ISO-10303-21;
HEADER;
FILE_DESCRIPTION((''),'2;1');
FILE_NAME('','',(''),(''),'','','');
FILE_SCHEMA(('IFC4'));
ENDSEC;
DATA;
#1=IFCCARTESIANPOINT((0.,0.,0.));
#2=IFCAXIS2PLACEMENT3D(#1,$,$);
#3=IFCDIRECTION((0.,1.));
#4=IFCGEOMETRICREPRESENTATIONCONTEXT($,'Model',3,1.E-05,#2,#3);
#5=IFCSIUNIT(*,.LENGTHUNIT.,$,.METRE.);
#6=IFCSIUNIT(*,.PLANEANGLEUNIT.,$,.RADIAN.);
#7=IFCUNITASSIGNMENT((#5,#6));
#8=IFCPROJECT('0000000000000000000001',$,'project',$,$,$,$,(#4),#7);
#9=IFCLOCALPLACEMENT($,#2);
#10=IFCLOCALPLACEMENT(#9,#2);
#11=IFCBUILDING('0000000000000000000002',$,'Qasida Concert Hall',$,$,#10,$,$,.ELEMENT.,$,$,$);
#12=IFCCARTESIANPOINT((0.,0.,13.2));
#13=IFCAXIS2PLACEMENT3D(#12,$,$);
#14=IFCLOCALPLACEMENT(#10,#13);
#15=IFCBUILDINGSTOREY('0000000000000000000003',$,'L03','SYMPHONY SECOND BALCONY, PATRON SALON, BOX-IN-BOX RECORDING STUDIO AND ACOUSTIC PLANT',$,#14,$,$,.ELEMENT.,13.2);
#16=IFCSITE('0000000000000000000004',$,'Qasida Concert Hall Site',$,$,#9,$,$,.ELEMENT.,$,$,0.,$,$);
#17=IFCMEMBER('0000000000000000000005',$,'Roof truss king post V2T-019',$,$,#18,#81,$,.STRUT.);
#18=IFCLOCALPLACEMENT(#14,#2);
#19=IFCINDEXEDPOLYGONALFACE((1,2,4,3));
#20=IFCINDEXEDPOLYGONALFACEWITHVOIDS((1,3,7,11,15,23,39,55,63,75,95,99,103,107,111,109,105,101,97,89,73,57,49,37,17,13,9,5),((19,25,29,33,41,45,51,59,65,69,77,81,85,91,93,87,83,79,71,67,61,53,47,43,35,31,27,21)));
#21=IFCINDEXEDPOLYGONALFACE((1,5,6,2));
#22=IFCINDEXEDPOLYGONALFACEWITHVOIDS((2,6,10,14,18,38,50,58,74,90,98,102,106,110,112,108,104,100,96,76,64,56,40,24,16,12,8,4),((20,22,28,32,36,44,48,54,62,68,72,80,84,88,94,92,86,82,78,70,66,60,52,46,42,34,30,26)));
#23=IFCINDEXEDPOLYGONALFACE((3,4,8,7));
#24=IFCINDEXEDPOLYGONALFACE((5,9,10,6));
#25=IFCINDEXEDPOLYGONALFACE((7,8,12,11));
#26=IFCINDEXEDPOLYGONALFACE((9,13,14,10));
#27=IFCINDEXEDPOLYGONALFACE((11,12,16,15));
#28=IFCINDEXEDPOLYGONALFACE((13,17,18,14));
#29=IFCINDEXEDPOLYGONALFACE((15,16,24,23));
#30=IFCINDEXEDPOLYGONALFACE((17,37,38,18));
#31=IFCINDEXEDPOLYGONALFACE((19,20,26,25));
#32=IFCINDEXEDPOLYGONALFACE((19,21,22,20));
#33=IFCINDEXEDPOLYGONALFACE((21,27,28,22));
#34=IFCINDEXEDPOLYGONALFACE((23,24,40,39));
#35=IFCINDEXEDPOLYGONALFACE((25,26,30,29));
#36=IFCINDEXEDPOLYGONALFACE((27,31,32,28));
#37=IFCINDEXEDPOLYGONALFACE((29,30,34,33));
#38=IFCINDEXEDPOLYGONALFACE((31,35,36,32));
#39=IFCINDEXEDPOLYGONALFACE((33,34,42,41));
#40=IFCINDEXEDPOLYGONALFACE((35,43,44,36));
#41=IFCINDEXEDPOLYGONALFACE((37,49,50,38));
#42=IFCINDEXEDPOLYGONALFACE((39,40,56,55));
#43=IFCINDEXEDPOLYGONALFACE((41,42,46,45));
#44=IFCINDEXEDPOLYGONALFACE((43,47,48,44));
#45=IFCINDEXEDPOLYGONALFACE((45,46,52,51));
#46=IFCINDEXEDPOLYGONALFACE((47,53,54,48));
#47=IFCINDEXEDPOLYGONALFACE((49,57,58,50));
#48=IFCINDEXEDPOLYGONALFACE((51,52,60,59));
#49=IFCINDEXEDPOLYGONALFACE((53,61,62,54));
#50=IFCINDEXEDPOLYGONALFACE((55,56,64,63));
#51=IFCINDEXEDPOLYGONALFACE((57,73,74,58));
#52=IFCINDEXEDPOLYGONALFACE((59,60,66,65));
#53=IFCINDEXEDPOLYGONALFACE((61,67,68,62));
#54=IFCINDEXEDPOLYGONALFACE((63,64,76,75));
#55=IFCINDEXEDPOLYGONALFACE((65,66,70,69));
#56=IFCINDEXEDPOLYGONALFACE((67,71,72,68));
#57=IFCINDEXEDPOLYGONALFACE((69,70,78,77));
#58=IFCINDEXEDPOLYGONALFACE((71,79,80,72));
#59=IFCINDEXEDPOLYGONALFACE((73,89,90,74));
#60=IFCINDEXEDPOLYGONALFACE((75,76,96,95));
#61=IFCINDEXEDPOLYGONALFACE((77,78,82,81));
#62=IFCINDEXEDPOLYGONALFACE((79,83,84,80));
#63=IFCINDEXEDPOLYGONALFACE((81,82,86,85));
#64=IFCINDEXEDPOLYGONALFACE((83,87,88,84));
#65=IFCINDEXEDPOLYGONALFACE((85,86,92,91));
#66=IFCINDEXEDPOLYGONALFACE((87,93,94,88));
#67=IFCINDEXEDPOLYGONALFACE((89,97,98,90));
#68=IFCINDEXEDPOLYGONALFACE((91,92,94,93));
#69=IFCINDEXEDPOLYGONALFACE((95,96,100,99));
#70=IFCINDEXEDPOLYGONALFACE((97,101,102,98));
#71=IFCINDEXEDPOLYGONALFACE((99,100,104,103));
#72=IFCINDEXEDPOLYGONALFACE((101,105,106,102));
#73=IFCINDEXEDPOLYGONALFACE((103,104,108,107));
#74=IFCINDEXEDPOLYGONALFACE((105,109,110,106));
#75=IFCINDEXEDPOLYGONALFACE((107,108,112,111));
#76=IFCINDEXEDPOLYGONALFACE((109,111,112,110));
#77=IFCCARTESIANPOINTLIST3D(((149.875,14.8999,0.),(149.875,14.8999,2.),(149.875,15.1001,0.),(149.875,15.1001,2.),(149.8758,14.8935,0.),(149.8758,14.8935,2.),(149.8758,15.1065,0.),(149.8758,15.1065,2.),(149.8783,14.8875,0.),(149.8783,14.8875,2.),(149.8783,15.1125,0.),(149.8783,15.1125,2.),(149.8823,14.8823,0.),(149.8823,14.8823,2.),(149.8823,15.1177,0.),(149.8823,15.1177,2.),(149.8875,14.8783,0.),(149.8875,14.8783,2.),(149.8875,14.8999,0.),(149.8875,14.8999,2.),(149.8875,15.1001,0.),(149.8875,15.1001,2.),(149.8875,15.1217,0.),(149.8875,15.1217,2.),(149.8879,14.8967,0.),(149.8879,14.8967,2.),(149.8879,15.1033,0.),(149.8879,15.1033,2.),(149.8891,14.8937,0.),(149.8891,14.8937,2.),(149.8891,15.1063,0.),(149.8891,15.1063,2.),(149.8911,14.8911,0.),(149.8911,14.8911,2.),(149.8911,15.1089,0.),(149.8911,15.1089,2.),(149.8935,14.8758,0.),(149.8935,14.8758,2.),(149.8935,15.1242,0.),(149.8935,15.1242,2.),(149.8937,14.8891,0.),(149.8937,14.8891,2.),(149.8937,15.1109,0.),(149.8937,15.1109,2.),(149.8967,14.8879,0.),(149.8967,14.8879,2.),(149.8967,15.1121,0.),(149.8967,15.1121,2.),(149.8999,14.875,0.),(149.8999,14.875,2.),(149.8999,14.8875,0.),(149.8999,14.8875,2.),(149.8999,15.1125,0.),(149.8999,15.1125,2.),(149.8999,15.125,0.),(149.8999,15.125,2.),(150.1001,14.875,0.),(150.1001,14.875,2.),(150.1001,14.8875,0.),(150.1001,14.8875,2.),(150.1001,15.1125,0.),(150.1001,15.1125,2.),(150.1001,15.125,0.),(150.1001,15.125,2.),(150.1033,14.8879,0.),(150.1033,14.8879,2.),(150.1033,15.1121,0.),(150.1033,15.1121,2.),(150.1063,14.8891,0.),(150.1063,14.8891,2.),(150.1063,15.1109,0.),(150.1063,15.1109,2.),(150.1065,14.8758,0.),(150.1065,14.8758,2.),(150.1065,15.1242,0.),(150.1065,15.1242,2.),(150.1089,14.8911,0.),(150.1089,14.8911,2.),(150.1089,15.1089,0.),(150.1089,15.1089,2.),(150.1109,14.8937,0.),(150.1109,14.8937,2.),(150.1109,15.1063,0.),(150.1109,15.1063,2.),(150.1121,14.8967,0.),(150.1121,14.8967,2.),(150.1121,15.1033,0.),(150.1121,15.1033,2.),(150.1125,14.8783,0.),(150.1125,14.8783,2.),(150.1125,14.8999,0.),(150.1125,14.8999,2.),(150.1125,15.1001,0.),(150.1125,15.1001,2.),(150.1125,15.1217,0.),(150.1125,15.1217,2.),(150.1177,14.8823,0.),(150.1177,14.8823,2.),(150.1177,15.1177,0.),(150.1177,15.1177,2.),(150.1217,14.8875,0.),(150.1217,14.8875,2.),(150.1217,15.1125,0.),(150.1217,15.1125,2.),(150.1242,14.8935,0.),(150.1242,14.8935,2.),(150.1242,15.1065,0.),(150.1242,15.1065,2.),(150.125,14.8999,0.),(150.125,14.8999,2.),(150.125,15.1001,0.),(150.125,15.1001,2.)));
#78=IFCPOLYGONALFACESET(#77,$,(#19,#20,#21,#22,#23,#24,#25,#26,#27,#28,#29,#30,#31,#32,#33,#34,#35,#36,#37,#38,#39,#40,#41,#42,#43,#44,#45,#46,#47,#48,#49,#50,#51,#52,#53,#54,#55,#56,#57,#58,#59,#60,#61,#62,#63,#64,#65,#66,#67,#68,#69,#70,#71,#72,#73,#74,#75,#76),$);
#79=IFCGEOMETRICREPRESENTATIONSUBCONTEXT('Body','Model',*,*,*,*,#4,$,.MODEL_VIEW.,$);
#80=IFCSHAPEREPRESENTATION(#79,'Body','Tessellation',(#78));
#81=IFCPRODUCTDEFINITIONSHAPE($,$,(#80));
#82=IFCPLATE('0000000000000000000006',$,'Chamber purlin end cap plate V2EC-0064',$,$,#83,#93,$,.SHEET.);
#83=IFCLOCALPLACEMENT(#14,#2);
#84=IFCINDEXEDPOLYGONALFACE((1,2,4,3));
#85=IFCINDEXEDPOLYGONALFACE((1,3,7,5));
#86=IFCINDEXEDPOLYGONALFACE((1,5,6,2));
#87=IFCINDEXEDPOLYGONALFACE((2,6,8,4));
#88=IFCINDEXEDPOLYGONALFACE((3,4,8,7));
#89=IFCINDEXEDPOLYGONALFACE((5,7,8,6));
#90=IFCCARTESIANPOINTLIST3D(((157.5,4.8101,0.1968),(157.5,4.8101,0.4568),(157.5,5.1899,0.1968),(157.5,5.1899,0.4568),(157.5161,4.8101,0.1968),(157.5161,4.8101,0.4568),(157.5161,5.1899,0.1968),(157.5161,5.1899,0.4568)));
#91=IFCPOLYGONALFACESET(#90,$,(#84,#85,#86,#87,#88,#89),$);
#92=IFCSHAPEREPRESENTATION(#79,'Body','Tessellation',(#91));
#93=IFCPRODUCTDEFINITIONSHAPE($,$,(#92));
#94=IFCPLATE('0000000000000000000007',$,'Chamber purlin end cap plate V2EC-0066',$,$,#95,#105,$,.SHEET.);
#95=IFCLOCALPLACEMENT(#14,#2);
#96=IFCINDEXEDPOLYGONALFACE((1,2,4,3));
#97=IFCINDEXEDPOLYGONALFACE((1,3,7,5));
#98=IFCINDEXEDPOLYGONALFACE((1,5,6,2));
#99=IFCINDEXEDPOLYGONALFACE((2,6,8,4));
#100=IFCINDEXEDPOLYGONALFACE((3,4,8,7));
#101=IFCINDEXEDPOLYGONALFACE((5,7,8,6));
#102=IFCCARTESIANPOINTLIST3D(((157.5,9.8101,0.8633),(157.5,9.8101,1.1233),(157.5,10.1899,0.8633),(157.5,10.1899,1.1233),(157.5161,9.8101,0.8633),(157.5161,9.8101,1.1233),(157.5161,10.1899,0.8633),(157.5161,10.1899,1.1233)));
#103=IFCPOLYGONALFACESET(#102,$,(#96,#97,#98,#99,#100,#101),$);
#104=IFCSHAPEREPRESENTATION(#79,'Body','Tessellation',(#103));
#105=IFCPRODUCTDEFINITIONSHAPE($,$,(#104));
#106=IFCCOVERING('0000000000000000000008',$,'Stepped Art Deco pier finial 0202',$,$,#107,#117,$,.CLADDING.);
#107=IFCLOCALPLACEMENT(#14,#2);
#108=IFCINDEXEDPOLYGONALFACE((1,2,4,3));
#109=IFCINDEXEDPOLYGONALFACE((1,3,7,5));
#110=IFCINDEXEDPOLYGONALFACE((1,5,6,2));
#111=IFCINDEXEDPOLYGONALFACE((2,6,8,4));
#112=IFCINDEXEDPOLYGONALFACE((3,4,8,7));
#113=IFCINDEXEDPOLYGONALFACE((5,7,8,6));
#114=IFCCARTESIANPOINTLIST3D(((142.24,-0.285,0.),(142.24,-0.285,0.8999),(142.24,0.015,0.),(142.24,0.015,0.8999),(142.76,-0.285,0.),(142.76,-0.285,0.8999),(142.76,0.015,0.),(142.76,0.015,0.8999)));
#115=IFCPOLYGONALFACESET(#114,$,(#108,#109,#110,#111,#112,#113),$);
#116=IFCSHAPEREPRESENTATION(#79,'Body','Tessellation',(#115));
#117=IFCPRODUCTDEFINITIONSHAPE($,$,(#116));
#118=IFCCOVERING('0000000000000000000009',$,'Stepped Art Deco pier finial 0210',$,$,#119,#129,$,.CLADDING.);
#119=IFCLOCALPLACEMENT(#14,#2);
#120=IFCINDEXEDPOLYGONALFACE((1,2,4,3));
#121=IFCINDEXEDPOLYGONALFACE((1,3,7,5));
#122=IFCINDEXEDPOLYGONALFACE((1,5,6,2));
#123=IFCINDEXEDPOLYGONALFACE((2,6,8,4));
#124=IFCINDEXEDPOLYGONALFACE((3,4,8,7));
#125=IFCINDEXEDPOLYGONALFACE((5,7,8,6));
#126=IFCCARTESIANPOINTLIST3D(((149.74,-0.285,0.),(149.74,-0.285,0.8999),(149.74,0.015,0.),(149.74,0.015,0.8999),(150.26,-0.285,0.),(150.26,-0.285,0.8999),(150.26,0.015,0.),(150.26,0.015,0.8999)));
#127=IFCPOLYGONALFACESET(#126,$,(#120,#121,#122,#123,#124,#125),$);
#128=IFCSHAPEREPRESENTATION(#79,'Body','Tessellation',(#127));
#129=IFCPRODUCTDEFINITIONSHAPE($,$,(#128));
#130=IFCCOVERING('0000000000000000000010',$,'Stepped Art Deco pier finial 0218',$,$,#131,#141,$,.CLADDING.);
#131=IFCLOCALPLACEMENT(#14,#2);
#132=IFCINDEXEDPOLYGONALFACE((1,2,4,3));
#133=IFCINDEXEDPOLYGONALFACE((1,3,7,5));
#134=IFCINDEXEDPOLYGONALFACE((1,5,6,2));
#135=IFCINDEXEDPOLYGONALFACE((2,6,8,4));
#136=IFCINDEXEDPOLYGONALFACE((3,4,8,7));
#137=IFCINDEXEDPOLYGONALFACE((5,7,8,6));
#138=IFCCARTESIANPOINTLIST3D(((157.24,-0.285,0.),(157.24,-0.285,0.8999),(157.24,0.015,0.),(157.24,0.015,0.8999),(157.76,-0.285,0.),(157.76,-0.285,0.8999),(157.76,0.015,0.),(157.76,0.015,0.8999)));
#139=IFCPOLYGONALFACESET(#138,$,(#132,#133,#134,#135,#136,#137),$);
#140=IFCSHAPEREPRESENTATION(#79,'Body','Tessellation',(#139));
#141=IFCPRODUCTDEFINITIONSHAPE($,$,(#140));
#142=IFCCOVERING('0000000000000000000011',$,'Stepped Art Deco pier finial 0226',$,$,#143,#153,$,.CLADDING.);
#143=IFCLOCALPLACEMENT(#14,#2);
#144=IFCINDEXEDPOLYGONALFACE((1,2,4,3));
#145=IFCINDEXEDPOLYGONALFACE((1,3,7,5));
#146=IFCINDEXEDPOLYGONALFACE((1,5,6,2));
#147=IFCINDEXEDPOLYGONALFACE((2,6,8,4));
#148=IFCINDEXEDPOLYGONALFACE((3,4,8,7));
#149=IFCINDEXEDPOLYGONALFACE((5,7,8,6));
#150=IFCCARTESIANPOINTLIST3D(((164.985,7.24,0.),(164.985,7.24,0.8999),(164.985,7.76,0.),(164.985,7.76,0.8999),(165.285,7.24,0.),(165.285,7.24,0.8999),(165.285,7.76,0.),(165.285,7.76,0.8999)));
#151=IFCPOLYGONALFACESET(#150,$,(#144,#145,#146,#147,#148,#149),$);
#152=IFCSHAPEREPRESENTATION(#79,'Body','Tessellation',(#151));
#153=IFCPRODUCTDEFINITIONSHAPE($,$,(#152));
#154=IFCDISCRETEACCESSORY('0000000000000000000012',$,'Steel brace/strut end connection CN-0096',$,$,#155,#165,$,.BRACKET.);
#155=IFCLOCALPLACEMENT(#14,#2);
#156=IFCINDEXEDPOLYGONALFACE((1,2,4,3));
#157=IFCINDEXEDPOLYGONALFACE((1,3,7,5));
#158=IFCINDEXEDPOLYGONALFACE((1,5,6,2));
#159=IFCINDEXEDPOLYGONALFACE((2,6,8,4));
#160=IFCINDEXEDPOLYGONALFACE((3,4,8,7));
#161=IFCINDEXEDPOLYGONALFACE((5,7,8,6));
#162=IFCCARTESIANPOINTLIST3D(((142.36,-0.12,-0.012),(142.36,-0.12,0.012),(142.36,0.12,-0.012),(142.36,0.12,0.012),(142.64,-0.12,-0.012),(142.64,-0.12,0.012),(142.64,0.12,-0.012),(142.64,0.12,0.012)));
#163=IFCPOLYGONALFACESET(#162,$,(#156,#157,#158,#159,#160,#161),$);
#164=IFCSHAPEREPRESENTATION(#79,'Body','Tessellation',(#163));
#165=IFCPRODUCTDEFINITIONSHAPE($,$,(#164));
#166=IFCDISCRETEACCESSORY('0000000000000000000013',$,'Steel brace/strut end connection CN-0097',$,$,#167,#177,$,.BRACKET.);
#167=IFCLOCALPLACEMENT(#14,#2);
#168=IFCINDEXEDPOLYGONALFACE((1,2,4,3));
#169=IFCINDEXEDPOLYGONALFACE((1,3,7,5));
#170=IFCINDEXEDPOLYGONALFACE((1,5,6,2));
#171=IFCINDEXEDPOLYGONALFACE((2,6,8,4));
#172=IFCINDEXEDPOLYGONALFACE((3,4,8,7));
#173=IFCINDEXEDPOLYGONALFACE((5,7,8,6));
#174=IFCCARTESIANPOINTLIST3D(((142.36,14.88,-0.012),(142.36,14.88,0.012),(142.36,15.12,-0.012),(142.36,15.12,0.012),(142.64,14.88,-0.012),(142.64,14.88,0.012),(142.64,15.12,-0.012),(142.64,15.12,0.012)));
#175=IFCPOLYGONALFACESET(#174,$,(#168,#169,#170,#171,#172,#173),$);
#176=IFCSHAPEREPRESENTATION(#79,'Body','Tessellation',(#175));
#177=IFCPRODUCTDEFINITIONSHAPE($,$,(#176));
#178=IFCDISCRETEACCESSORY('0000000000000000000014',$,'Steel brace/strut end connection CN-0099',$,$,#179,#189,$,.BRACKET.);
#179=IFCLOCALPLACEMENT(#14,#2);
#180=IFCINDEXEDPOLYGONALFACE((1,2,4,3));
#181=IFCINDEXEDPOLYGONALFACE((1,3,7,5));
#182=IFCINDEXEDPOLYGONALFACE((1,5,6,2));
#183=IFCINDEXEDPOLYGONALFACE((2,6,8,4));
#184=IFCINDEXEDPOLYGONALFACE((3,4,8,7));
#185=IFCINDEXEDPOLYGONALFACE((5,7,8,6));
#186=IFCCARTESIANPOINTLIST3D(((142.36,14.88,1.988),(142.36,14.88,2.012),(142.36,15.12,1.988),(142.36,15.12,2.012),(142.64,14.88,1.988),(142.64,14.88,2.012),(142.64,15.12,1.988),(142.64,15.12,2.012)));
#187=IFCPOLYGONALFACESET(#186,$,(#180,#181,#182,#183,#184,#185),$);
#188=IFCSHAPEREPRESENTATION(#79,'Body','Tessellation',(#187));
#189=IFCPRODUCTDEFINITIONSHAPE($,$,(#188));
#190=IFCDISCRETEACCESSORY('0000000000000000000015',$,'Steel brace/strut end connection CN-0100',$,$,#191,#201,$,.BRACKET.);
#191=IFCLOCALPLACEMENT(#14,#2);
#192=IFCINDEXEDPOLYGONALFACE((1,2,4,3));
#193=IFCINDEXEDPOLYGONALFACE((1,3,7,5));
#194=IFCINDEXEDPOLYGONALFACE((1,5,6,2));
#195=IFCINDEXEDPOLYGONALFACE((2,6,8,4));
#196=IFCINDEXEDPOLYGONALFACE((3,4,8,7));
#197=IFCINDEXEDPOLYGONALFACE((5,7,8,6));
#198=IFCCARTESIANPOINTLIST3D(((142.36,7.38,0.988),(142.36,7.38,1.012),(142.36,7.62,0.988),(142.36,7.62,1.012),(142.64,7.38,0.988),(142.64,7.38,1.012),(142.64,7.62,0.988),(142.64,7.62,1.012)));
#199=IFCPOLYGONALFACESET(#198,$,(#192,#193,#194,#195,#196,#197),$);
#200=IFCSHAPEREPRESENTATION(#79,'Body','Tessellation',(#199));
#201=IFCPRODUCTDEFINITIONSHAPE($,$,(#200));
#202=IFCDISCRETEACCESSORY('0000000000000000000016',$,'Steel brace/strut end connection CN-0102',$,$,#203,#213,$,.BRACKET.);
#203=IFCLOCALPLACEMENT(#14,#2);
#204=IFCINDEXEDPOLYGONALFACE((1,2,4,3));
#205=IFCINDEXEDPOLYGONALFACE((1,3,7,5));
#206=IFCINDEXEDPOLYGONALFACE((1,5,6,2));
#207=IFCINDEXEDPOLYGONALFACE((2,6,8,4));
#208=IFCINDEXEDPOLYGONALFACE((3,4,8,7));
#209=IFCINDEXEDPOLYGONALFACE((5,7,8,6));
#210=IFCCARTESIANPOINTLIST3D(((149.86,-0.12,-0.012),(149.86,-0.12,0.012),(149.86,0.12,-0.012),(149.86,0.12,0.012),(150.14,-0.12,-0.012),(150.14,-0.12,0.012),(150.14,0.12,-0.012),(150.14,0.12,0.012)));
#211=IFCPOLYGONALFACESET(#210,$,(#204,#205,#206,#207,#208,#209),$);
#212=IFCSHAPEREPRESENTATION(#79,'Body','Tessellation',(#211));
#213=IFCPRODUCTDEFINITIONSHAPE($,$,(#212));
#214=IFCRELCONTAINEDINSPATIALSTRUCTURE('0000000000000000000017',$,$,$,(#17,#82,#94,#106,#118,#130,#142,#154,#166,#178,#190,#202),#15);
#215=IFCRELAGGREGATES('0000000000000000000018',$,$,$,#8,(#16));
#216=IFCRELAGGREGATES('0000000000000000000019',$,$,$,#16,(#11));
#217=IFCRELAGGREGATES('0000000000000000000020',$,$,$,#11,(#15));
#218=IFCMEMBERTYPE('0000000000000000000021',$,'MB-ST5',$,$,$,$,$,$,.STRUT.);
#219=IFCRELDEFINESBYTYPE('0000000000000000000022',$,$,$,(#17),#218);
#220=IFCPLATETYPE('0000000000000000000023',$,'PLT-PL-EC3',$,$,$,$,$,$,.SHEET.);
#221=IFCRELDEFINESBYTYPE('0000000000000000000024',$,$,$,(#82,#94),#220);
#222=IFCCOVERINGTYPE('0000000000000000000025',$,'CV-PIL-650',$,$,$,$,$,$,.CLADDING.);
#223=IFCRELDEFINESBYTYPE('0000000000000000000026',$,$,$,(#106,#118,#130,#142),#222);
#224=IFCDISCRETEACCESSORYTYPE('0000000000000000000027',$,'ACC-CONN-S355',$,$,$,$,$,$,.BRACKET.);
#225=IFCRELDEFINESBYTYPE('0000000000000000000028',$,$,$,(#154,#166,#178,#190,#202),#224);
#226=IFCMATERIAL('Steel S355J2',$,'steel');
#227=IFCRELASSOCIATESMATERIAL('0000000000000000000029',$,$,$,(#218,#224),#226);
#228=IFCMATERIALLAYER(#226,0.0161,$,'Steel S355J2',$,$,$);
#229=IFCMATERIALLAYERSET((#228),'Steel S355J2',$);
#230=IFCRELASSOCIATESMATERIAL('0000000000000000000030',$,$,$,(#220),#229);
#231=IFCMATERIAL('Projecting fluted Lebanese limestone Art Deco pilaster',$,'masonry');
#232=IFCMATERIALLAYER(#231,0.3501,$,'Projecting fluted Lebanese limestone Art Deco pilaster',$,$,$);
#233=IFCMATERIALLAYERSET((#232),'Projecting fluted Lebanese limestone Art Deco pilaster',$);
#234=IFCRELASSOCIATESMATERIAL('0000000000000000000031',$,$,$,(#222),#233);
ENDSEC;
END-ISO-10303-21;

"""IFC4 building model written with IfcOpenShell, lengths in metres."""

from ifc_helpers import new_model, si_unit, direction, frame, origin, origin_2d, place, context, subcontext, project, spatial, rectangle, hollow_rectangle, extrude, material, layer, layer_set, material_profile, profile_set, type_object, element, save


model = new_model("IFC4")

# Units and contexts
model_context = context("Model", 3, precision=1e-05, world=origin(), true_north=direction((0.0, 1.0)))
body_context = subcontext(model_context, "Body", "Model", "MODEL_VIEW")
ifc_project = project(units=[si_unit("LENGTHUNIT", "METRE"), si_unit("PLANEANGLEUNIT", "RADIAN")], contexts=[model_context])

# Site, building, storey
site_placement = place(None, origin())
site = spatial("IfcSite", under=ifc_project, at=site_placement, Name="Qasida Concert Hall Site", CompositionType="ELEMENT", RefElevation=0.0)
building_placement = place(site_placement, origin())
building = spatial("IfcBuilding", under=site, at=building_placement, Name="Qasida Concert Hall", CompositionType="ELEMENT")
storey_placement = place(building_placement, frame((0.0, 0.0, 13.2)))
storey = spatial("IfcBuildingStorey", under=building, at=storey_placement, Name="L03", Description="SYMPHONY SECOND BALCONY, PATRON SALON, BOX-IN-BOX RECORDING STUDIO AND ACOUSTIC PLANT", CompositionType="ELEMENT", Elevation=13.2)

# Member
ifc_material_1 = material(Name="Steel S355J2", Category="steel")
ifc_material_profile_1 = material_profile(ifc_material_1, hollow_rectangle(XDim=0.25, YDim=0.25, WallThickness=0.0125, InnerFilletRadius=0.0125, OuterFilletRadius=0.0249, at=origin_2d()), Name="SHS 250x250x12.5")
ifc_profile_set_1 = profile_set([ifc_material_profile_1], Name="Steel S355J2")
member_type_1 = type_object("IfcMemberType", Name="MB-ST5", PredefinedType="STRUT", material=ifc_profile_set_1)
for number, where, z_axis, x_axis, name in (
    (1, (150.0, 15.0, 0.0), (0.0, 0.0, 1.0), (1.0, 0.0, 0.0), "Roof truss king post V2T-019"),
):
    element("IfcMember", number, at=place(storey_placement, frame(where, z_axis=z_axis, x_axis=x_axis)), inside=storey, type_object=member_type_1, Name=name, PredefinedType="STRUT", context=body_context, shape_type="SweptSolid", body=[
        extrude(hollow_rectangle(XDim=0.25, YDim=0.25, WallThickness=0.0125, InnerFilletRadius=0.0125, OuterFilletRadius=0.0249, at=origin_2d()), origin(), (0.0, 0.0, 1.0), 2.0),
    ])

# Plates
ifc_layer_1 = layer(ifc_material_1, 0.0161, Name="Steel S355J2")
ifc_layer_set_1 = layer_set([ifc_layer_1], Name="Steel S355J2")
plate_type = type_object("IfcPlateType", Name="PLT-PL-EC3", PredefinedType="SHEET", material=ifc_layer_set_1)
for number, where, z_axis, x_axis, name in (
    (2, (157.5081, 5.0, 0.1968), (0.0, 0.0, 1.0), (1.0, 0.0, 0.0), "Chamber purlin end cap plate V2EC-0064"),
    (3, (157.5081, 10.0, 0.8633), (0.0, 0.0, 1.0), (1.0, 0.0, 0.0), "Chamber purlin end cap plate V2EC-0066"),
):
    element("IfcPlate", number, at=place(storey_placement, frame(where, z_axis=z_axis, x_axis=x_axis)), inside=storey, type_object=plate_type, Name=name, PredefinedType="SHEET", context=body_context, shape_type="SweptSolid", body=[
        extrude(rectangle(XDim=0.0161, YDim=0.3799, at=origin_2d()), origin(), (0.0, 0.0, 1.0), 0.26),
    ])

# Coverings
ifc_material_2 = material(Name="Projecting fluted Lebanese limestone Art Deco pilaster", Category="masonry")
ifc_layer_2 = layer(ifc_material_2, 0.3501, Name="Projecting fluted Lebanese limestone Art Deco pilaster")
ifc_layer_set_2 = layer_set([ifc_layer_2], Name="Projecting fluted Lebanese limestone Art Deco pilaster")
covering_type = type_object("IfcCoveringType", Name="CV-PIL-650", PredefinedType="CLADDING", material=ifc_layer_set_2)
for number, where, z_axis, x_axis, name in (
    (4, (142.5, -0.135, 0.0), (0.0, 0.0, 1.0), (1.0, 0.0, 0.0), "Stepped Art Deco pier finial 0202"),
    (5, (150.0, -0.135, 0.0), (0.0, 0.0, 1.0), (1.0, 0.0, 0.0), "Stepped Art Deco pier finial 0210"),
    (6, (157.5, -0.135, 0.0), (0.0, 0.0, 1.0), (1.0, 0.0, 0.0), "Stepped Art Deco pier finial 0218"),
):
    element("IfcCovering", number, at=place(storey_placement, frame(where, z_axis=z_axis, x_axis=x_axis)), inside=storey, type_object=covering_type, Name=name, PredefinedType="CLADDING", context=body_context, shape_type="SweptSolid", body=[
        extrude(rectangle(XDim=0.52, YDim=0.3, at=origin_2d()), origin(), (0.0, 0.0, 1.0), 0.8999),
    ])
covering_placement = place(storey_placement, frame((165.135, 7.5, 0.0), z_axis=(0.0, 0.0, 1.0), x_axis=(1.0, 0.0, 0.0)))
element("IfcCovering", 7, at=covering_placement, inside=storey, type_object=covering_type, Name="Stepped Art Deco pier finial 0226", PredefinedType="CLADDING", context=body_context, shape_type="SweptSolid", body=[
    extrude(rectangle(XDim=0.3, YDim=0.52, at=origin_2d()), origin(), (0.0, 0.0, 1.0), 0.8999),
])

# Discrete accessories
discrete_accessory_type = type_object("IfcDiscreteAccessoryType", Name="ACC-CONN-S355", PredefinedType="BRACKET", material=ifc_material_1)
for number, where, z_axis, x_axis, name in (
    (8, (142.5, 0.0, -0.012), (0.0, 0.0, 1.0), (1.0, 0.0, 0.0), "Steel brace/strut end connection CN-0096"),
    (9, (142.5, 15.0, -0.012), (0.0, 0.0, 1.0), (1.0, 0.0, 0.0), "Steel brace/strut end connection CN-0097"),
    (10, (142.5, 15.0, 1.988), (0.0, 0.0, 1.0), (1.0, 0.0, 0.0), "Steel brace/strut end connection CN-0099"),
    (11, (142.5, 7.5, 0.988), (0.0, 0.0, 1.0), (1.0, 0.0, 0.0), "Steel brace/strut end connection CN-0100"),
    (12, (150.0, 0.0, -0.012), (0.0, 0.0, 1.0), (1.0, 0.0, 0.0), "Steel brace/strut end connection CN-0102"),
):
    element("IfcDiscreteAccessory", number, at=place(storey_placement, frame(where, z_axis=z_axis, x_axis=x_axis)), inside=storey, type_object=discrete_accessory_type, Name=name, PredefinedType="BRACKET", context=body_context, shape_type="SweptSolid", body=[
        extrude(rectangle(XDim=0.28, YDim=0.24, at=origin_2d()), origin(), (0.0, 0.0, 1.0), 0.0239),
    ])

save(model, "model.ifc")
